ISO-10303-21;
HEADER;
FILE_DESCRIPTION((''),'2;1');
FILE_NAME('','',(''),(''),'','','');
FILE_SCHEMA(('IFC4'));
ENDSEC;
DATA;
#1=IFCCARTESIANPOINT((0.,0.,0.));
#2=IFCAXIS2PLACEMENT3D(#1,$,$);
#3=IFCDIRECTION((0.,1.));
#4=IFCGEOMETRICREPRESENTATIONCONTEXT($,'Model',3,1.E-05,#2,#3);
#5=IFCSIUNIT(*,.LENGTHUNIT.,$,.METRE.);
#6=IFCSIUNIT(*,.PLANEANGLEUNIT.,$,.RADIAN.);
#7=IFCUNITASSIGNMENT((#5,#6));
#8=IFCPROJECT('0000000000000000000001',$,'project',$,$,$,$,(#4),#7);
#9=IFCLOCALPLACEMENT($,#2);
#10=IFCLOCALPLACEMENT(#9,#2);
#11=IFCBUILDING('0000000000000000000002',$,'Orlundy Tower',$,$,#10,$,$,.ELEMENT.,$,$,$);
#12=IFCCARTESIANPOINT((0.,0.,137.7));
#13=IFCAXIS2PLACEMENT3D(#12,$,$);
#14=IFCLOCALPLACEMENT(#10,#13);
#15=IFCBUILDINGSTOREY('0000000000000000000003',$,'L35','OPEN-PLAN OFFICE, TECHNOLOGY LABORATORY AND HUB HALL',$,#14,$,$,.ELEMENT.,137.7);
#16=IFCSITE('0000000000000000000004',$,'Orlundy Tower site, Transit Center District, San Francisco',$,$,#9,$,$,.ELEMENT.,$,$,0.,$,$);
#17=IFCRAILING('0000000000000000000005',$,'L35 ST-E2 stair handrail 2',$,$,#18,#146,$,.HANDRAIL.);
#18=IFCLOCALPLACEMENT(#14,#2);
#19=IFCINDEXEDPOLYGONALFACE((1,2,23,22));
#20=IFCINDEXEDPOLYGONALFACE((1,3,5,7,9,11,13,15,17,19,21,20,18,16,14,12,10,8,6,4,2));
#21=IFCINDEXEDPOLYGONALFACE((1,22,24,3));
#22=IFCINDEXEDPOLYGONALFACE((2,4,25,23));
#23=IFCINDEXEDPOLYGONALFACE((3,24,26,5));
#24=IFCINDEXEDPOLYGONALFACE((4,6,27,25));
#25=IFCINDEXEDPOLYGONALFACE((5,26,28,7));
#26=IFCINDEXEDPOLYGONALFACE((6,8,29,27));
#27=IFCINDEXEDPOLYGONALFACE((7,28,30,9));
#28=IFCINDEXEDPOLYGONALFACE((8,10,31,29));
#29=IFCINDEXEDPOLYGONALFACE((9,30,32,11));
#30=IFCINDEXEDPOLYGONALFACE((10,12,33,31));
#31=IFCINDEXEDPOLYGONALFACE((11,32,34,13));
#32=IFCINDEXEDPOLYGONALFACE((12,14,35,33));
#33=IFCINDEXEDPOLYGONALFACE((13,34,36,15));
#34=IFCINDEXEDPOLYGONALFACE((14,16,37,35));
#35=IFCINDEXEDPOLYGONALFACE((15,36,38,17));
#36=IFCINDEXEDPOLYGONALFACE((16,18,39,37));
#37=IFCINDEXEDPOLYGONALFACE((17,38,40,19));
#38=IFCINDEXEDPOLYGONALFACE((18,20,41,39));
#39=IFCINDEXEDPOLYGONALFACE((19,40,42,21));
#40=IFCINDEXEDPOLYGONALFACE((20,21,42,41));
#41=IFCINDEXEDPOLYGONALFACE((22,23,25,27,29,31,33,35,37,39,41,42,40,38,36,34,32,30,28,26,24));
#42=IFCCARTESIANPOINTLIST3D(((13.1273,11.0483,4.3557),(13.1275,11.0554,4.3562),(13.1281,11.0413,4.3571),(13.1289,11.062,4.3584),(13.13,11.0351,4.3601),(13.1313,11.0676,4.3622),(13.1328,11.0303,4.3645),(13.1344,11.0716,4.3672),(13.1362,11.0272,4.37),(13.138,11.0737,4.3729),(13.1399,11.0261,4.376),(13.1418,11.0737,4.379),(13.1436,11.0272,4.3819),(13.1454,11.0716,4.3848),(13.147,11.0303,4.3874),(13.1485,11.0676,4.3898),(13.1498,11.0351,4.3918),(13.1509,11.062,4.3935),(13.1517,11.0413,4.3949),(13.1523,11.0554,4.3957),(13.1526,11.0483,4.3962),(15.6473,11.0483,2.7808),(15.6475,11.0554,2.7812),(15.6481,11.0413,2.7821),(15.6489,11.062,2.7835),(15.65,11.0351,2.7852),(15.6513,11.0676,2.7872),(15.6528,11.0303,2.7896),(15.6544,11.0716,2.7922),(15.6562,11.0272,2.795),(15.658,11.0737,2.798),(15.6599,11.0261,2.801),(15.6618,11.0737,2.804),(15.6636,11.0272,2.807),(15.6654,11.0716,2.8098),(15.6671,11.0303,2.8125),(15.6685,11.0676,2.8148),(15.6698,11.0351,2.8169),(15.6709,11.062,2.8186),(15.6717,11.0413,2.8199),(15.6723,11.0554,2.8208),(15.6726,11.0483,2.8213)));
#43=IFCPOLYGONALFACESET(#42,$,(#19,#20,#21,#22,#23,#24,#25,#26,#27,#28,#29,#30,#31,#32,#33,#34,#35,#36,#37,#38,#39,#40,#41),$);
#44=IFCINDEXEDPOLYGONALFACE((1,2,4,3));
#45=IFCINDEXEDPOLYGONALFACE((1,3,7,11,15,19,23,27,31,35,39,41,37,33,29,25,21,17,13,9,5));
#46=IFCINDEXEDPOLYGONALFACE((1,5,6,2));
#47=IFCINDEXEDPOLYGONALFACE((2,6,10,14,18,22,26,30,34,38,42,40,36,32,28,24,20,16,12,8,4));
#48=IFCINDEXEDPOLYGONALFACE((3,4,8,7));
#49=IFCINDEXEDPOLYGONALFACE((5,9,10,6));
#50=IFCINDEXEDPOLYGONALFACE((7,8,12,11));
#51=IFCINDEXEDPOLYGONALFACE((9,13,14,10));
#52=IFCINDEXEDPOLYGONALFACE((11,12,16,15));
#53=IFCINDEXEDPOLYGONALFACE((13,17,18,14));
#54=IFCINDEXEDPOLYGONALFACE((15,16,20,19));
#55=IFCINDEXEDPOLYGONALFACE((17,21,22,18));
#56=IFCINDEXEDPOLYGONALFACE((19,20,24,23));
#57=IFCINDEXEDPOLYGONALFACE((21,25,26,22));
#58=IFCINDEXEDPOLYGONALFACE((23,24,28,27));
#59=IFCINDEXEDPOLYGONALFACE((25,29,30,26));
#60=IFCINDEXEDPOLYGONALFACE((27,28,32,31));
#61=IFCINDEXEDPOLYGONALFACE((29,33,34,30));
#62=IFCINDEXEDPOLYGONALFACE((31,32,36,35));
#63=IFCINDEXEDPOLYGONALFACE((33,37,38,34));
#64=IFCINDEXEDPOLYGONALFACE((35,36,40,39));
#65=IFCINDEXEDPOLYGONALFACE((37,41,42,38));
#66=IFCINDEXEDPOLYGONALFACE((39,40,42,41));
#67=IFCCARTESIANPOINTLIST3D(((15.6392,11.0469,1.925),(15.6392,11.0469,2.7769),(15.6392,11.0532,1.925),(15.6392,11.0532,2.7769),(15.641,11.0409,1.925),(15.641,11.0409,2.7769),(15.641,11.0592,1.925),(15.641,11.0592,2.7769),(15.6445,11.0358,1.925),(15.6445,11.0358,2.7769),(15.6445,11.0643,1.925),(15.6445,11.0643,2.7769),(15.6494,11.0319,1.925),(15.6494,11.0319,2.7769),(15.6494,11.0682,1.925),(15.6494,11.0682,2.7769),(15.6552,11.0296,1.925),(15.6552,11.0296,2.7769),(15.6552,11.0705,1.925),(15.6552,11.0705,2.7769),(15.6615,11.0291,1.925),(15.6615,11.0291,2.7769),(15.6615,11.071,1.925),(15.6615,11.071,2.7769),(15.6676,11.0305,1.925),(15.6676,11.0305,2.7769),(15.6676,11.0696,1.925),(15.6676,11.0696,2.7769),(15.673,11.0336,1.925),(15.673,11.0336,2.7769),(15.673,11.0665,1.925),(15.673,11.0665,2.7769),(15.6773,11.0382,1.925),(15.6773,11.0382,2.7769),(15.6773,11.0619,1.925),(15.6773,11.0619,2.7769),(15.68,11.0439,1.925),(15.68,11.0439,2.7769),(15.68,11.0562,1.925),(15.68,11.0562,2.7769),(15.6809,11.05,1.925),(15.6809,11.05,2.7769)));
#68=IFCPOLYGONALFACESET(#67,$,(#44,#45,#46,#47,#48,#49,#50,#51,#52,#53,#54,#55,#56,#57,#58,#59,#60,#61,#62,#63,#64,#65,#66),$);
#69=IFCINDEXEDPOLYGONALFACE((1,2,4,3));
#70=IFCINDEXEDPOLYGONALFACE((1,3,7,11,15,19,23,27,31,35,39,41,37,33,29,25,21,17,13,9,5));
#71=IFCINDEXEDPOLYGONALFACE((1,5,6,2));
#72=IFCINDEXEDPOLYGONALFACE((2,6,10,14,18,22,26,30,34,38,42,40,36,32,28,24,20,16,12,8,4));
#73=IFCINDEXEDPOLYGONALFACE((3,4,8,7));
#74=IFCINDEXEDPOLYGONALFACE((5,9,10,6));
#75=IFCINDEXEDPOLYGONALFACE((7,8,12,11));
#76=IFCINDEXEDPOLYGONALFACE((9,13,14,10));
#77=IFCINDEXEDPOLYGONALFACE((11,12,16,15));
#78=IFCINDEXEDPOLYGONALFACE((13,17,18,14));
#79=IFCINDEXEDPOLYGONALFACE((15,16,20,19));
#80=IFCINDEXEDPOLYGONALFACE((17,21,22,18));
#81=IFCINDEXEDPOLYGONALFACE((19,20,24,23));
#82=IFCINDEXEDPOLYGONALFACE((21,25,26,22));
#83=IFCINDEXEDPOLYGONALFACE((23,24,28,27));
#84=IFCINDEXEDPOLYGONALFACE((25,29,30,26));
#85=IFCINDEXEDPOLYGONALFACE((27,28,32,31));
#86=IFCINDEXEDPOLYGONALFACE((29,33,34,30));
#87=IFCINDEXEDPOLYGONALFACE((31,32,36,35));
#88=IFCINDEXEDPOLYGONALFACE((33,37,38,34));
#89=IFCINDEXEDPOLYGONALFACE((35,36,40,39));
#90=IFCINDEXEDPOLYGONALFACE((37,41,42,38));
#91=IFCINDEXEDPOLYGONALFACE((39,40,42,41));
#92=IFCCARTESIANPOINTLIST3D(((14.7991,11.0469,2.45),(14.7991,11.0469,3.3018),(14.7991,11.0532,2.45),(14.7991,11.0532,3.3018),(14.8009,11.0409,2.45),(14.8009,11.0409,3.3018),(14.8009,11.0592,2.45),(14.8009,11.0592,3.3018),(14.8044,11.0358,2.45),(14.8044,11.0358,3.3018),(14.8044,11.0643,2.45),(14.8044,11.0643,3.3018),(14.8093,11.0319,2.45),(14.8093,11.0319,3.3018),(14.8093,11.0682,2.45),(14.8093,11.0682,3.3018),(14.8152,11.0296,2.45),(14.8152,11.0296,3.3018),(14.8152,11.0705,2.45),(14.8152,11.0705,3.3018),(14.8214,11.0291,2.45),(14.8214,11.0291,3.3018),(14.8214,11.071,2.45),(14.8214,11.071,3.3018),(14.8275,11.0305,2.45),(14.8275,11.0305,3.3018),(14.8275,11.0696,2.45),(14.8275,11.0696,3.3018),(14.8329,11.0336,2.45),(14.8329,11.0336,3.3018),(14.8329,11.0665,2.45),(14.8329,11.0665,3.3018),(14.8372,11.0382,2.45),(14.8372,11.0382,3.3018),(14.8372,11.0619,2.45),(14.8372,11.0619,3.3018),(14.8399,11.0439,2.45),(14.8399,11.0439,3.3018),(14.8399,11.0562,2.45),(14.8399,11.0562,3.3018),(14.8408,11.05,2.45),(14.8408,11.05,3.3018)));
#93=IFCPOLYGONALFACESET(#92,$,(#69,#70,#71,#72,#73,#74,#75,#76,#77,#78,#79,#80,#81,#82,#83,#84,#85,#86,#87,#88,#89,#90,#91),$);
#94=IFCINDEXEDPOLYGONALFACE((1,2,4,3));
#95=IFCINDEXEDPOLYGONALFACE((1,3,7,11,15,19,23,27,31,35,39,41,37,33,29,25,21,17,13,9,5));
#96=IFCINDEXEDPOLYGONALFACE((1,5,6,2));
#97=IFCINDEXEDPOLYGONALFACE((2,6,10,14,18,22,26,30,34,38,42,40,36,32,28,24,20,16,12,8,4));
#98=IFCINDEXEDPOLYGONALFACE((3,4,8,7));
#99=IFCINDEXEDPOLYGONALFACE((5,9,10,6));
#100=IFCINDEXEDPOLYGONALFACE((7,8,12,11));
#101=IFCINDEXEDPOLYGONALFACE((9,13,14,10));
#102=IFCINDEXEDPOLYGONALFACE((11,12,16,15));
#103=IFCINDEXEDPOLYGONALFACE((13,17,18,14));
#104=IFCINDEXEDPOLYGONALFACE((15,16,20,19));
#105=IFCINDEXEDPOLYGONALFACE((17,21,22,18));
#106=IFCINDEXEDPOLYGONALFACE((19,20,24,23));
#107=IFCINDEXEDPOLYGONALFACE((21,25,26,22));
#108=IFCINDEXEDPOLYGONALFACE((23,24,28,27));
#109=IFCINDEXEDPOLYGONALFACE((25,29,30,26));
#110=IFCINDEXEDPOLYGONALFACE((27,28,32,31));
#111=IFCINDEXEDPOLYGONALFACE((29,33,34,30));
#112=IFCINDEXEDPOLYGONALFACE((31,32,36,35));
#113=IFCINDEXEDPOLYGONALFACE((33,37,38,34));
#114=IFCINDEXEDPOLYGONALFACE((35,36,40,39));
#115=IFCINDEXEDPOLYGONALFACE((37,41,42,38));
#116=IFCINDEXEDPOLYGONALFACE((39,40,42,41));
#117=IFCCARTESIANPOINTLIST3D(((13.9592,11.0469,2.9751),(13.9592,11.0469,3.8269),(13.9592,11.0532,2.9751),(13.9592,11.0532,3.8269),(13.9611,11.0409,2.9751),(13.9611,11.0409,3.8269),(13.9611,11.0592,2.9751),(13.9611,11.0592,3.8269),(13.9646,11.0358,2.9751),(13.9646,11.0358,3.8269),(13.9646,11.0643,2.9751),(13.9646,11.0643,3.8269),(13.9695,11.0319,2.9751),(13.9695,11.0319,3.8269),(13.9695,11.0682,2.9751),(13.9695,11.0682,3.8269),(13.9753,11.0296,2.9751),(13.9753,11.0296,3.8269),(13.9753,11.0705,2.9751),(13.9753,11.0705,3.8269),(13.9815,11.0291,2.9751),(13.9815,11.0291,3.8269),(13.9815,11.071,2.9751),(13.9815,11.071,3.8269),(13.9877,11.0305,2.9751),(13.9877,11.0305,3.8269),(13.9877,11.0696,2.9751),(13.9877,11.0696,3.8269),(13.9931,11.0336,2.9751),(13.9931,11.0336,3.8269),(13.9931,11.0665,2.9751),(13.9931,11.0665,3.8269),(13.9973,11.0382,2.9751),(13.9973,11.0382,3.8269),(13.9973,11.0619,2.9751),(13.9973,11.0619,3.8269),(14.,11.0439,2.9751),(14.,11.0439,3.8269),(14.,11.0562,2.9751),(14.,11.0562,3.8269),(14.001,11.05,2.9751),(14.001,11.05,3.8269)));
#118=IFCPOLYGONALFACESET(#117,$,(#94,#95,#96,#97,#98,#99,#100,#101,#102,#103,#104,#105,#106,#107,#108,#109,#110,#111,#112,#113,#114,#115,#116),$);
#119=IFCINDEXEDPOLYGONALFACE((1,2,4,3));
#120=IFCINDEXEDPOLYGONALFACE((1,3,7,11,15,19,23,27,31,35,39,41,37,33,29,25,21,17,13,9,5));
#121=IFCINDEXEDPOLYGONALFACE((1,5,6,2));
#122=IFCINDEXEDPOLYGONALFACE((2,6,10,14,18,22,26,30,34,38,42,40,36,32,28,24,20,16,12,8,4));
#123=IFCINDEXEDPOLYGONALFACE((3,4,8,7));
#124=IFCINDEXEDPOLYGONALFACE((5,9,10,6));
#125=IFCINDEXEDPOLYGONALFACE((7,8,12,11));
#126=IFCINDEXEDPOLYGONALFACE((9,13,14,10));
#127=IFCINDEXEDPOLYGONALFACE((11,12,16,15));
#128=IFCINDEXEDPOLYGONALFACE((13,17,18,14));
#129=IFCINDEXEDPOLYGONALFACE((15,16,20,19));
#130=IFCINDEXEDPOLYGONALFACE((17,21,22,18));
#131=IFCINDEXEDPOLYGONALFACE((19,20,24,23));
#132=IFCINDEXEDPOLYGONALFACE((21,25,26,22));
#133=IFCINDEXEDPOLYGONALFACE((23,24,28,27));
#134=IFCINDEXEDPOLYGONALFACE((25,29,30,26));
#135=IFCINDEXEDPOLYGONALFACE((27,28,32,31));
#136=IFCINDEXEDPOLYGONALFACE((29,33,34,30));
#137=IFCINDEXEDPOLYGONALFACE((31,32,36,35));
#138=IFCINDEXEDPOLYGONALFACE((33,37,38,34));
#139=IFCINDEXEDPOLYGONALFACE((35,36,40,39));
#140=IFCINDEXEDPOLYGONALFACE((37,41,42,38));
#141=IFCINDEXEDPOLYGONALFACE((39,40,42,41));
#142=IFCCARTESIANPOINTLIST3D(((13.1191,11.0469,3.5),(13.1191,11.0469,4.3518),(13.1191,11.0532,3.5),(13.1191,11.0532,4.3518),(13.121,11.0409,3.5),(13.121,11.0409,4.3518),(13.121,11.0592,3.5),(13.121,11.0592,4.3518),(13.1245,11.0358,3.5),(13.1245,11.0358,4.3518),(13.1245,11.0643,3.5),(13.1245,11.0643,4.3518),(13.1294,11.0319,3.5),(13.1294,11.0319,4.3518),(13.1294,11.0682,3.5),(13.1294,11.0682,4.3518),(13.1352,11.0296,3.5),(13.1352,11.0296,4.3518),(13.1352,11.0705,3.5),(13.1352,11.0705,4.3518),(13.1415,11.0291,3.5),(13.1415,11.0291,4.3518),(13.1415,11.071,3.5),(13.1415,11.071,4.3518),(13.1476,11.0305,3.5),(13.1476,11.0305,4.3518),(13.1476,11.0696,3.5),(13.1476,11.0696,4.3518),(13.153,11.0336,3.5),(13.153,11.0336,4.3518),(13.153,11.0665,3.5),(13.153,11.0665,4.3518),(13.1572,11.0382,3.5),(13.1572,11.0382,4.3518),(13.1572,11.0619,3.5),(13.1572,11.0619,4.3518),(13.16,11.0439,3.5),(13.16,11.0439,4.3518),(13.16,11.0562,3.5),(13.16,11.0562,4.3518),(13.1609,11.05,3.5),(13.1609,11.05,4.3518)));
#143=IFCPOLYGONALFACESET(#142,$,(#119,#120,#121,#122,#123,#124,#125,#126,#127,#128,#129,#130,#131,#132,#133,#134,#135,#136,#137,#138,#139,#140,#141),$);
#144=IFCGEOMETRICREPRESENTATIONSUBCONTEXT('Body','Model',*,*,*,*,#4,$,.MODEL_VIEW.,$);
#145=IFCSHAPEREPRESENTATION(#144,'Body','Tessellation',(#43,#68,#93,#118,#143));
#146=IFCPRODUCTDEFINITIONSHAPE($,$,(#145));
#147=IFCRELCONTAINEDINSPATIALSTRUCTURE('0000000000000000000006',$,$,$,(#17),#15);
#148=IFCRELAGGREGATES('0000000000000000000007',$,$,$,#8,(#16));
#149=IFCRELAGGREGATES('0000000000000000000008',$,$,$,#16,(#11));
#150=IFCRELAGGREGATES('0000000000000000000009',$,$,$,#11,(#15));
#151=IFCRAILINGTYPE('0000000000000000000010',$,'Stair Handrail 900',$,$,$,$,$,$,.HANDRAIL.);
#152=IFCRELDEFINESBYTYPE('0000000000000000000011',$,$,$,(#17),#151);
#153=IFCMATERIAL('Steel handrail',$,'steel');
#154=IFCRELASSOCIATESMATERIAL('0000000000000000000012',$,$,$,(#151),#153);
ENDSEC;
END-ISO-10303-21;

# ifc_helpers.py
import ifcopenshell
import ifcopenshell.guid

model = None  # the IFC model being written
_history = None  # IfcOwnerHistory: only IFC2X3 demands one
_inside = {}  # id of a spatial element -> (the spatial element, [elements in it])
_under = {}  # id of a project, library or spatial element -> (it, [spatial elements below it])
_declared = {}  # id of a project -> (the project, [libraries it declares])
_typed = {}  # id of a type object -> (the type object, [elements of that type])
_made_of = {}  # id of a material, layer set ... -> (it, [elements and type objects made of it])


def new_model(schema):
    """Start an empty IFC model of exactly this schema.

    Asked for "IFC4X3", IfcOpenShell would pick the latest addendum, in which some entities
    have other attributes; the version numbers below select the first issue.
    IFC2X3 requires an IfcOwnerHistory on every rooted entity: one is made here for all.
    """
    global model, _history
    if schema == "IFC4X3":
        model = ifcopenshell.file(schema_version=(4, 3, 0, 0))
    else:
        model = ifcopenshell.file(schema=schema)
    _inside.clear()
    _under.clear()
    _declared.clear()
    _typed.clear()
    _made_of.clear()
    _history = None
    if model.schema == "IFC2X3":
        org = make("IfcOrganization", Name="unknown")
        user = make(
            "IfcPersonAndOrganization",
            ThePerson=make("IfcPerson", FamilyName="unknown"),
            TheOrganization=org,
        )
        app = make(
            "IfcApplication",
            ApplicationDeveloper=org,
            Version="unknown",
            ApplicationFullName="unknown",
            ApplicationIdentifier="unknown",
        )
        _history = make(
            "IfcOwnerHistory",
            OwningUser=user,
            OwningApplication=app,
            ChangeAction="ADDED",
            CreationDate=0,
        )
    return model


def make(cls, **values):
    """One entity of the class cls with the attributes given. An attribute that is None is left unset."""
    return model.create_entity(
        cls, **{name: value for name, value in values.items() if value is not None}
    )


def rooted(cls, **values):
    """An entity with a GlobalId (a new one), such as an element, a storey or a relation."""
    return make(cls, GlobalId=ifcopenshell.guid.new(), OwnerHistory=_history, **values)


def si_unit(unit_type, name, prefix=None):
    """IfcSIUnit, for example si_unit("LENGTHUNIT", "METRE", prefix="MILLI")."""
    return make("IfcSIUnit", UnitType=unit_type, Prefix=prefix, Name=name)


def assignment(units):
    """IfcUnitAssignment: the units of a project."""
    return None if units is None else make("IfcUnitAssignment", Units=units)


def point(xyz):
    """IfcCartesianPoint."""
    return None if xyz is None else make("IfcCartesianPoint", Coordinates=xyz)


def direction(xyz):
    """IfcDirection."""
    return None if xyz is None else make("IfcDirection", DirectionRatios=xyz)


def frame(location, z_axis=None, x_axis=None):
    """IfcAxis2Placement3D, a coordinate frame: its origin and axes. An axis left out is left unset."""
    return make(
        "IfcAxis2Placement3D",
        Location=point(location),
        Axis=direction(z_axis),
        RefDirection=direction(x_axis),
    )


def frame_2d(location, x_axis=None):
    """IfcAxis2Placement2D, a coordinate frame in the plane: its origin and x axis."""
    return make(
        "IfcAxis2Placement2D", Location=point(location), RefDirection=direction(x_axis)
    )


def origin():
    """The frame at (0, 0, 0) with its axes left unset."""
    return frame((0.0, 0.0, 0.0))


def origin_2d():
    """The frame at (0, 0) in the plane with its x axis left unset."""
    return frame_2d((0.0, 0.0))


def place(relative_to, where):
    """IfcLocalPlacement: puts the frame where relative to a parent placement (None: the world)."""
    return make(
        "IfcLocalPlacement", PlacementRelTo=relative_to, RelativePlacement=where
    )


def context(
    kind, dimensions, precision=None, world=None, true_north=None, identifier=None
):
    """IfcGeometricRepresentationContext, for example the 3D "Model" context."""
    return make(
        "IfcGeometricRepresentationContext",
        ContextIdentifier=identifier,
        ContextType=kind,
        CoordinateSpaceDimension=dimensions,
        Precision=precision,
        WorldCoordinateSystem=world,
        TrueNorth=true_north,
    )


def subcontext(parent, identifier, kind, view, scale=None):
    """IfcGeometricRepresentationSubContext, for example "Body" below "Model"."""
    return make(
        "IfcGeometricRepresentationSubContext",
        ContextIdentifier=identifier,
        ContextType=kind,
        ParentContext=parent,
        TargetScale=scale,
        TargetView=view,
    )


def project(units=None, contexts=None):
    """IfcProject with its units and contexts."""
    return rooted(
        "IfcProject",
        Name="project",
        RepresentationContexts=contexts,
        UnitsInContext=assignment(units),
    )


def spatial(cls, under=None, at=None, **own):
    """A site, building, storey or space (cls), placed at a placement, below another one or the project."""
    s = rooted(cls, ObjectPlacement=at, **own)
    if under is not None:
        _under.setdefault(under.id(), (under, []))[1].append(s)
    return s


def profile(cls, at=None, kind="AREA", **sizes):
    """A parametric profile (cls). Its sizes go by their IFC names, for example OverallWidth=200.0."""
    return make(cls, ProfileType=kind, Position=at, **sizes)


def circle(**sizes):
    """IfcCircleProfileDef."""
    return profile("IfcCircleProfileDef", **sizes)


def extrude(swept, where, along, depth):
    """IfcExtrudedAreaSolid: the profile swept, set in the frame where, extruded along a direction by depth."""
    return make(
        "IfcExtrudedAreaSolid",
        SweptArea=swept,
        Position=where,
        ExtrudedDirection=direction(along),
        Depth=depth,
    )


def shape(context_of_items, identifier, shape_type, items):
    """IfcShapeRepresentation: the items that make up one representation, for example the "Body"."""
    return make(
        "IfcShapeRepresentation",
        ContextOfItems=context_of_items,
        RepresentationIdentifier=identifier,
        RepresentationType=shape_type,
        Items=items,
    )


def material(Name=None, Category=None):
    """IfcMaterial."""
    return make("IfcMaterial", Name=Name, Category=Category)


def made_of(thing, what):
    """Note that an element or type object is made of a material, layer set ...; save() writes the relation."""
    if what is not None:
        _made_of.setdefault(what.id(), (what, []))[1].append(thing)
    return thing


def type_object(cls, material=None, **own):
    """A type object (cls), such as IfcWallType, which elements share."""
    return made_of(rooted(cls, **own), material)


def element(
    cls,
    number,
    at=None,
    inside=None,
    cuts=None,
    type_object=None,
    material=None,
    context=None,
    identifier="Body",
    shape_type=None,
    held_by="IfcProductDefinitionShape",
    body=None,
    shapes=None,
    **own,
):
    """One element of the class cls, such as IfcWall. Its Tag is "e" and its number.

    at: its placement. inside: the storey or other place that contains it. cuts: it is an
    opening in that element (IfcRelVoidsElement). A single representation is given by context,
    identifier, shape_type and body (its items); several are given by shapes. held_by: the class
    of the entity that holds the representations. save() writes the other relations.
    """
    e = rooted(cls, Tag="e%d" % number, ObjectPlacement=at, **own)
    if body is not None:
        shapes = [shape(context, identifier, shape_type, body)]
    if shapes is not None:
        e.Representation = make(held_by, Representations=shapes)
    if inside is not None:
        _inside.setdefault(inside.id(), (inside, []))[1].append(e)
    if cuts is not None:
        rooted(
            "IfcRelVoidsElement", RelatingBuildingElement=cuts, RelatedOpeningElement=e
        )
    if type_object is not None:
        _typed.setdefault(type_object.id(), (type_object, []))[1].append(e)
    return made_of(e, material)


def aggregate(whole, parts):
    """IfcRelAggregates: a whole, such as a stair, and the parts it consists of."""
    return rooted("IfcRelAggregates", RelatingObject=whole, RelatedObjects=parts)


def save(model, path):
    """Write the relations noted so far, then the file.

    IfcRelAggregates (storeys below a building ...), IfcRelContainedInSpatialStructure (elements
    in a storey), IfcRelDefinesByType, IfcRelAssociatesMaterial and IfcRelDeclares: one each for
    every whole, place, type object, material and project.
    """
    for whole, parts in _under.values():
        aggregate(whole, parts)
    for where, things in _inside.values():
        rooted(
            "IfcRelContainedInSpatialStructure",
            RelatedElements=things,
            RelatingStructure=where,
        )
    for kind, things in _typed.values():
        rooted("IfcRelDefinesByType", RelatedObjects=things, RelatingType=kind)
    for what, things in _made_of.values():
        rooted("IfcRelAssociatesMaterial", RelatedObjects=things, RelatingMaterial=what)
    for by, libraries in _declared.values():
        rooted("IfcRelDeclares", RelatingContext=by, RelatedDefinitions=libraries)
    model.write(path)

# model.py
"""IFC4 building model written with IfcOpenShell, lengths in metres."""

from ifc_helpers import new_model, si_unit, direction, frame, origin, origin_2d, place, context, subcontext, project, spatial, circle, extrude, material, type_object, element, save


model = new_model("IFC4")

# Units and contexts
model_context = context("Model", 3, precision=1e-05, world=origin(), true_north=direction((0.0, 1.0)))
body_context = subcontext(model_context, "Body", "Model", "MODEL_VIEW")
ifc_project = project(units=[si_unit("LENGTHUNIT", "METRE"), si_unit("PLANEANGLEUNIT", "RADIAN")], contexts=[model_context])

# Site, building, storey
site_placement = place(None, origin())
site = spatial("IfcSite", under=ifc_project, at=site_placement, Name="Orlundy Tower site, Transit Center District, San Francisco", CompositionType="ELEMENT", RefElevation=0.0)
building_placement = place(site_placement, origin())
building = spatial("IfcBuilding", under=site, at=building_placement, Name="Orlundy Tower", CompositionType="ELEMENT")
storey_placement = place(building_placement, frame((0.0, 0.0, 137.7)))
storey = spatial("IfcBuildingStorey", under=building, at=storey_placement, Name="L35", Description="OPEN-PLAN OFFICE, TECHNOLOGY LABORATORY AND HUB HALL", CompositionType="ELEMENT", Elevation=137.7)

# Railing
ifc_material_1 = material(Name="Steel handrail", Category="steel")
railing_type = type_object("IfcRailingType", Name="Stair Handrail 900", PredefinedType="HANDRAIL", material=ifc_material_1)
railing_placement = place(storey_placement, frame((15.6599, 11.05, 1.925)))
element("IfcRailing", 1, at=railing_placement, inside=storey, type_object=railing_type, Name="L35 ST-E2 stair handrail 2", PredefinedType="HANDRAIL", context=body_context, shape_type="SweptSolid", body=[
    extrude(circle(Radius=0.0239, at=origin_2d()), frame((0.0, 0.0, 0.876), z_axis=(-0.848008, 0.0, 0.529984), x_axis=(0.0, -1.0, 0.0)), (0.0, 0.0, 1.0), 2.9717),
    extrude(circle(Radius=0.021, at=origin_2d()), origin(), (0.0, 0.0, 1.0), 0.8518),
    extrude(circle(Radius=0.021, at=origin_2d()), frame((-0.8401, 0.0, 0.5249)), (0.0, 0.0, 1.0), 0.8518),
    extrude(circle(Radius=0.021, at=origin_2d()), frame((-1.6799, 0.0, 1.05)), (0.0, 0.0, 1.0), 0.8518),
    extrude(circle(Radius=0.021, at=origin_2d()), frame((-2.52, 0.0, 1.575)), (0.0, 0.0, 1.0), 0.8518),
])

save(model, "model.ifc")
